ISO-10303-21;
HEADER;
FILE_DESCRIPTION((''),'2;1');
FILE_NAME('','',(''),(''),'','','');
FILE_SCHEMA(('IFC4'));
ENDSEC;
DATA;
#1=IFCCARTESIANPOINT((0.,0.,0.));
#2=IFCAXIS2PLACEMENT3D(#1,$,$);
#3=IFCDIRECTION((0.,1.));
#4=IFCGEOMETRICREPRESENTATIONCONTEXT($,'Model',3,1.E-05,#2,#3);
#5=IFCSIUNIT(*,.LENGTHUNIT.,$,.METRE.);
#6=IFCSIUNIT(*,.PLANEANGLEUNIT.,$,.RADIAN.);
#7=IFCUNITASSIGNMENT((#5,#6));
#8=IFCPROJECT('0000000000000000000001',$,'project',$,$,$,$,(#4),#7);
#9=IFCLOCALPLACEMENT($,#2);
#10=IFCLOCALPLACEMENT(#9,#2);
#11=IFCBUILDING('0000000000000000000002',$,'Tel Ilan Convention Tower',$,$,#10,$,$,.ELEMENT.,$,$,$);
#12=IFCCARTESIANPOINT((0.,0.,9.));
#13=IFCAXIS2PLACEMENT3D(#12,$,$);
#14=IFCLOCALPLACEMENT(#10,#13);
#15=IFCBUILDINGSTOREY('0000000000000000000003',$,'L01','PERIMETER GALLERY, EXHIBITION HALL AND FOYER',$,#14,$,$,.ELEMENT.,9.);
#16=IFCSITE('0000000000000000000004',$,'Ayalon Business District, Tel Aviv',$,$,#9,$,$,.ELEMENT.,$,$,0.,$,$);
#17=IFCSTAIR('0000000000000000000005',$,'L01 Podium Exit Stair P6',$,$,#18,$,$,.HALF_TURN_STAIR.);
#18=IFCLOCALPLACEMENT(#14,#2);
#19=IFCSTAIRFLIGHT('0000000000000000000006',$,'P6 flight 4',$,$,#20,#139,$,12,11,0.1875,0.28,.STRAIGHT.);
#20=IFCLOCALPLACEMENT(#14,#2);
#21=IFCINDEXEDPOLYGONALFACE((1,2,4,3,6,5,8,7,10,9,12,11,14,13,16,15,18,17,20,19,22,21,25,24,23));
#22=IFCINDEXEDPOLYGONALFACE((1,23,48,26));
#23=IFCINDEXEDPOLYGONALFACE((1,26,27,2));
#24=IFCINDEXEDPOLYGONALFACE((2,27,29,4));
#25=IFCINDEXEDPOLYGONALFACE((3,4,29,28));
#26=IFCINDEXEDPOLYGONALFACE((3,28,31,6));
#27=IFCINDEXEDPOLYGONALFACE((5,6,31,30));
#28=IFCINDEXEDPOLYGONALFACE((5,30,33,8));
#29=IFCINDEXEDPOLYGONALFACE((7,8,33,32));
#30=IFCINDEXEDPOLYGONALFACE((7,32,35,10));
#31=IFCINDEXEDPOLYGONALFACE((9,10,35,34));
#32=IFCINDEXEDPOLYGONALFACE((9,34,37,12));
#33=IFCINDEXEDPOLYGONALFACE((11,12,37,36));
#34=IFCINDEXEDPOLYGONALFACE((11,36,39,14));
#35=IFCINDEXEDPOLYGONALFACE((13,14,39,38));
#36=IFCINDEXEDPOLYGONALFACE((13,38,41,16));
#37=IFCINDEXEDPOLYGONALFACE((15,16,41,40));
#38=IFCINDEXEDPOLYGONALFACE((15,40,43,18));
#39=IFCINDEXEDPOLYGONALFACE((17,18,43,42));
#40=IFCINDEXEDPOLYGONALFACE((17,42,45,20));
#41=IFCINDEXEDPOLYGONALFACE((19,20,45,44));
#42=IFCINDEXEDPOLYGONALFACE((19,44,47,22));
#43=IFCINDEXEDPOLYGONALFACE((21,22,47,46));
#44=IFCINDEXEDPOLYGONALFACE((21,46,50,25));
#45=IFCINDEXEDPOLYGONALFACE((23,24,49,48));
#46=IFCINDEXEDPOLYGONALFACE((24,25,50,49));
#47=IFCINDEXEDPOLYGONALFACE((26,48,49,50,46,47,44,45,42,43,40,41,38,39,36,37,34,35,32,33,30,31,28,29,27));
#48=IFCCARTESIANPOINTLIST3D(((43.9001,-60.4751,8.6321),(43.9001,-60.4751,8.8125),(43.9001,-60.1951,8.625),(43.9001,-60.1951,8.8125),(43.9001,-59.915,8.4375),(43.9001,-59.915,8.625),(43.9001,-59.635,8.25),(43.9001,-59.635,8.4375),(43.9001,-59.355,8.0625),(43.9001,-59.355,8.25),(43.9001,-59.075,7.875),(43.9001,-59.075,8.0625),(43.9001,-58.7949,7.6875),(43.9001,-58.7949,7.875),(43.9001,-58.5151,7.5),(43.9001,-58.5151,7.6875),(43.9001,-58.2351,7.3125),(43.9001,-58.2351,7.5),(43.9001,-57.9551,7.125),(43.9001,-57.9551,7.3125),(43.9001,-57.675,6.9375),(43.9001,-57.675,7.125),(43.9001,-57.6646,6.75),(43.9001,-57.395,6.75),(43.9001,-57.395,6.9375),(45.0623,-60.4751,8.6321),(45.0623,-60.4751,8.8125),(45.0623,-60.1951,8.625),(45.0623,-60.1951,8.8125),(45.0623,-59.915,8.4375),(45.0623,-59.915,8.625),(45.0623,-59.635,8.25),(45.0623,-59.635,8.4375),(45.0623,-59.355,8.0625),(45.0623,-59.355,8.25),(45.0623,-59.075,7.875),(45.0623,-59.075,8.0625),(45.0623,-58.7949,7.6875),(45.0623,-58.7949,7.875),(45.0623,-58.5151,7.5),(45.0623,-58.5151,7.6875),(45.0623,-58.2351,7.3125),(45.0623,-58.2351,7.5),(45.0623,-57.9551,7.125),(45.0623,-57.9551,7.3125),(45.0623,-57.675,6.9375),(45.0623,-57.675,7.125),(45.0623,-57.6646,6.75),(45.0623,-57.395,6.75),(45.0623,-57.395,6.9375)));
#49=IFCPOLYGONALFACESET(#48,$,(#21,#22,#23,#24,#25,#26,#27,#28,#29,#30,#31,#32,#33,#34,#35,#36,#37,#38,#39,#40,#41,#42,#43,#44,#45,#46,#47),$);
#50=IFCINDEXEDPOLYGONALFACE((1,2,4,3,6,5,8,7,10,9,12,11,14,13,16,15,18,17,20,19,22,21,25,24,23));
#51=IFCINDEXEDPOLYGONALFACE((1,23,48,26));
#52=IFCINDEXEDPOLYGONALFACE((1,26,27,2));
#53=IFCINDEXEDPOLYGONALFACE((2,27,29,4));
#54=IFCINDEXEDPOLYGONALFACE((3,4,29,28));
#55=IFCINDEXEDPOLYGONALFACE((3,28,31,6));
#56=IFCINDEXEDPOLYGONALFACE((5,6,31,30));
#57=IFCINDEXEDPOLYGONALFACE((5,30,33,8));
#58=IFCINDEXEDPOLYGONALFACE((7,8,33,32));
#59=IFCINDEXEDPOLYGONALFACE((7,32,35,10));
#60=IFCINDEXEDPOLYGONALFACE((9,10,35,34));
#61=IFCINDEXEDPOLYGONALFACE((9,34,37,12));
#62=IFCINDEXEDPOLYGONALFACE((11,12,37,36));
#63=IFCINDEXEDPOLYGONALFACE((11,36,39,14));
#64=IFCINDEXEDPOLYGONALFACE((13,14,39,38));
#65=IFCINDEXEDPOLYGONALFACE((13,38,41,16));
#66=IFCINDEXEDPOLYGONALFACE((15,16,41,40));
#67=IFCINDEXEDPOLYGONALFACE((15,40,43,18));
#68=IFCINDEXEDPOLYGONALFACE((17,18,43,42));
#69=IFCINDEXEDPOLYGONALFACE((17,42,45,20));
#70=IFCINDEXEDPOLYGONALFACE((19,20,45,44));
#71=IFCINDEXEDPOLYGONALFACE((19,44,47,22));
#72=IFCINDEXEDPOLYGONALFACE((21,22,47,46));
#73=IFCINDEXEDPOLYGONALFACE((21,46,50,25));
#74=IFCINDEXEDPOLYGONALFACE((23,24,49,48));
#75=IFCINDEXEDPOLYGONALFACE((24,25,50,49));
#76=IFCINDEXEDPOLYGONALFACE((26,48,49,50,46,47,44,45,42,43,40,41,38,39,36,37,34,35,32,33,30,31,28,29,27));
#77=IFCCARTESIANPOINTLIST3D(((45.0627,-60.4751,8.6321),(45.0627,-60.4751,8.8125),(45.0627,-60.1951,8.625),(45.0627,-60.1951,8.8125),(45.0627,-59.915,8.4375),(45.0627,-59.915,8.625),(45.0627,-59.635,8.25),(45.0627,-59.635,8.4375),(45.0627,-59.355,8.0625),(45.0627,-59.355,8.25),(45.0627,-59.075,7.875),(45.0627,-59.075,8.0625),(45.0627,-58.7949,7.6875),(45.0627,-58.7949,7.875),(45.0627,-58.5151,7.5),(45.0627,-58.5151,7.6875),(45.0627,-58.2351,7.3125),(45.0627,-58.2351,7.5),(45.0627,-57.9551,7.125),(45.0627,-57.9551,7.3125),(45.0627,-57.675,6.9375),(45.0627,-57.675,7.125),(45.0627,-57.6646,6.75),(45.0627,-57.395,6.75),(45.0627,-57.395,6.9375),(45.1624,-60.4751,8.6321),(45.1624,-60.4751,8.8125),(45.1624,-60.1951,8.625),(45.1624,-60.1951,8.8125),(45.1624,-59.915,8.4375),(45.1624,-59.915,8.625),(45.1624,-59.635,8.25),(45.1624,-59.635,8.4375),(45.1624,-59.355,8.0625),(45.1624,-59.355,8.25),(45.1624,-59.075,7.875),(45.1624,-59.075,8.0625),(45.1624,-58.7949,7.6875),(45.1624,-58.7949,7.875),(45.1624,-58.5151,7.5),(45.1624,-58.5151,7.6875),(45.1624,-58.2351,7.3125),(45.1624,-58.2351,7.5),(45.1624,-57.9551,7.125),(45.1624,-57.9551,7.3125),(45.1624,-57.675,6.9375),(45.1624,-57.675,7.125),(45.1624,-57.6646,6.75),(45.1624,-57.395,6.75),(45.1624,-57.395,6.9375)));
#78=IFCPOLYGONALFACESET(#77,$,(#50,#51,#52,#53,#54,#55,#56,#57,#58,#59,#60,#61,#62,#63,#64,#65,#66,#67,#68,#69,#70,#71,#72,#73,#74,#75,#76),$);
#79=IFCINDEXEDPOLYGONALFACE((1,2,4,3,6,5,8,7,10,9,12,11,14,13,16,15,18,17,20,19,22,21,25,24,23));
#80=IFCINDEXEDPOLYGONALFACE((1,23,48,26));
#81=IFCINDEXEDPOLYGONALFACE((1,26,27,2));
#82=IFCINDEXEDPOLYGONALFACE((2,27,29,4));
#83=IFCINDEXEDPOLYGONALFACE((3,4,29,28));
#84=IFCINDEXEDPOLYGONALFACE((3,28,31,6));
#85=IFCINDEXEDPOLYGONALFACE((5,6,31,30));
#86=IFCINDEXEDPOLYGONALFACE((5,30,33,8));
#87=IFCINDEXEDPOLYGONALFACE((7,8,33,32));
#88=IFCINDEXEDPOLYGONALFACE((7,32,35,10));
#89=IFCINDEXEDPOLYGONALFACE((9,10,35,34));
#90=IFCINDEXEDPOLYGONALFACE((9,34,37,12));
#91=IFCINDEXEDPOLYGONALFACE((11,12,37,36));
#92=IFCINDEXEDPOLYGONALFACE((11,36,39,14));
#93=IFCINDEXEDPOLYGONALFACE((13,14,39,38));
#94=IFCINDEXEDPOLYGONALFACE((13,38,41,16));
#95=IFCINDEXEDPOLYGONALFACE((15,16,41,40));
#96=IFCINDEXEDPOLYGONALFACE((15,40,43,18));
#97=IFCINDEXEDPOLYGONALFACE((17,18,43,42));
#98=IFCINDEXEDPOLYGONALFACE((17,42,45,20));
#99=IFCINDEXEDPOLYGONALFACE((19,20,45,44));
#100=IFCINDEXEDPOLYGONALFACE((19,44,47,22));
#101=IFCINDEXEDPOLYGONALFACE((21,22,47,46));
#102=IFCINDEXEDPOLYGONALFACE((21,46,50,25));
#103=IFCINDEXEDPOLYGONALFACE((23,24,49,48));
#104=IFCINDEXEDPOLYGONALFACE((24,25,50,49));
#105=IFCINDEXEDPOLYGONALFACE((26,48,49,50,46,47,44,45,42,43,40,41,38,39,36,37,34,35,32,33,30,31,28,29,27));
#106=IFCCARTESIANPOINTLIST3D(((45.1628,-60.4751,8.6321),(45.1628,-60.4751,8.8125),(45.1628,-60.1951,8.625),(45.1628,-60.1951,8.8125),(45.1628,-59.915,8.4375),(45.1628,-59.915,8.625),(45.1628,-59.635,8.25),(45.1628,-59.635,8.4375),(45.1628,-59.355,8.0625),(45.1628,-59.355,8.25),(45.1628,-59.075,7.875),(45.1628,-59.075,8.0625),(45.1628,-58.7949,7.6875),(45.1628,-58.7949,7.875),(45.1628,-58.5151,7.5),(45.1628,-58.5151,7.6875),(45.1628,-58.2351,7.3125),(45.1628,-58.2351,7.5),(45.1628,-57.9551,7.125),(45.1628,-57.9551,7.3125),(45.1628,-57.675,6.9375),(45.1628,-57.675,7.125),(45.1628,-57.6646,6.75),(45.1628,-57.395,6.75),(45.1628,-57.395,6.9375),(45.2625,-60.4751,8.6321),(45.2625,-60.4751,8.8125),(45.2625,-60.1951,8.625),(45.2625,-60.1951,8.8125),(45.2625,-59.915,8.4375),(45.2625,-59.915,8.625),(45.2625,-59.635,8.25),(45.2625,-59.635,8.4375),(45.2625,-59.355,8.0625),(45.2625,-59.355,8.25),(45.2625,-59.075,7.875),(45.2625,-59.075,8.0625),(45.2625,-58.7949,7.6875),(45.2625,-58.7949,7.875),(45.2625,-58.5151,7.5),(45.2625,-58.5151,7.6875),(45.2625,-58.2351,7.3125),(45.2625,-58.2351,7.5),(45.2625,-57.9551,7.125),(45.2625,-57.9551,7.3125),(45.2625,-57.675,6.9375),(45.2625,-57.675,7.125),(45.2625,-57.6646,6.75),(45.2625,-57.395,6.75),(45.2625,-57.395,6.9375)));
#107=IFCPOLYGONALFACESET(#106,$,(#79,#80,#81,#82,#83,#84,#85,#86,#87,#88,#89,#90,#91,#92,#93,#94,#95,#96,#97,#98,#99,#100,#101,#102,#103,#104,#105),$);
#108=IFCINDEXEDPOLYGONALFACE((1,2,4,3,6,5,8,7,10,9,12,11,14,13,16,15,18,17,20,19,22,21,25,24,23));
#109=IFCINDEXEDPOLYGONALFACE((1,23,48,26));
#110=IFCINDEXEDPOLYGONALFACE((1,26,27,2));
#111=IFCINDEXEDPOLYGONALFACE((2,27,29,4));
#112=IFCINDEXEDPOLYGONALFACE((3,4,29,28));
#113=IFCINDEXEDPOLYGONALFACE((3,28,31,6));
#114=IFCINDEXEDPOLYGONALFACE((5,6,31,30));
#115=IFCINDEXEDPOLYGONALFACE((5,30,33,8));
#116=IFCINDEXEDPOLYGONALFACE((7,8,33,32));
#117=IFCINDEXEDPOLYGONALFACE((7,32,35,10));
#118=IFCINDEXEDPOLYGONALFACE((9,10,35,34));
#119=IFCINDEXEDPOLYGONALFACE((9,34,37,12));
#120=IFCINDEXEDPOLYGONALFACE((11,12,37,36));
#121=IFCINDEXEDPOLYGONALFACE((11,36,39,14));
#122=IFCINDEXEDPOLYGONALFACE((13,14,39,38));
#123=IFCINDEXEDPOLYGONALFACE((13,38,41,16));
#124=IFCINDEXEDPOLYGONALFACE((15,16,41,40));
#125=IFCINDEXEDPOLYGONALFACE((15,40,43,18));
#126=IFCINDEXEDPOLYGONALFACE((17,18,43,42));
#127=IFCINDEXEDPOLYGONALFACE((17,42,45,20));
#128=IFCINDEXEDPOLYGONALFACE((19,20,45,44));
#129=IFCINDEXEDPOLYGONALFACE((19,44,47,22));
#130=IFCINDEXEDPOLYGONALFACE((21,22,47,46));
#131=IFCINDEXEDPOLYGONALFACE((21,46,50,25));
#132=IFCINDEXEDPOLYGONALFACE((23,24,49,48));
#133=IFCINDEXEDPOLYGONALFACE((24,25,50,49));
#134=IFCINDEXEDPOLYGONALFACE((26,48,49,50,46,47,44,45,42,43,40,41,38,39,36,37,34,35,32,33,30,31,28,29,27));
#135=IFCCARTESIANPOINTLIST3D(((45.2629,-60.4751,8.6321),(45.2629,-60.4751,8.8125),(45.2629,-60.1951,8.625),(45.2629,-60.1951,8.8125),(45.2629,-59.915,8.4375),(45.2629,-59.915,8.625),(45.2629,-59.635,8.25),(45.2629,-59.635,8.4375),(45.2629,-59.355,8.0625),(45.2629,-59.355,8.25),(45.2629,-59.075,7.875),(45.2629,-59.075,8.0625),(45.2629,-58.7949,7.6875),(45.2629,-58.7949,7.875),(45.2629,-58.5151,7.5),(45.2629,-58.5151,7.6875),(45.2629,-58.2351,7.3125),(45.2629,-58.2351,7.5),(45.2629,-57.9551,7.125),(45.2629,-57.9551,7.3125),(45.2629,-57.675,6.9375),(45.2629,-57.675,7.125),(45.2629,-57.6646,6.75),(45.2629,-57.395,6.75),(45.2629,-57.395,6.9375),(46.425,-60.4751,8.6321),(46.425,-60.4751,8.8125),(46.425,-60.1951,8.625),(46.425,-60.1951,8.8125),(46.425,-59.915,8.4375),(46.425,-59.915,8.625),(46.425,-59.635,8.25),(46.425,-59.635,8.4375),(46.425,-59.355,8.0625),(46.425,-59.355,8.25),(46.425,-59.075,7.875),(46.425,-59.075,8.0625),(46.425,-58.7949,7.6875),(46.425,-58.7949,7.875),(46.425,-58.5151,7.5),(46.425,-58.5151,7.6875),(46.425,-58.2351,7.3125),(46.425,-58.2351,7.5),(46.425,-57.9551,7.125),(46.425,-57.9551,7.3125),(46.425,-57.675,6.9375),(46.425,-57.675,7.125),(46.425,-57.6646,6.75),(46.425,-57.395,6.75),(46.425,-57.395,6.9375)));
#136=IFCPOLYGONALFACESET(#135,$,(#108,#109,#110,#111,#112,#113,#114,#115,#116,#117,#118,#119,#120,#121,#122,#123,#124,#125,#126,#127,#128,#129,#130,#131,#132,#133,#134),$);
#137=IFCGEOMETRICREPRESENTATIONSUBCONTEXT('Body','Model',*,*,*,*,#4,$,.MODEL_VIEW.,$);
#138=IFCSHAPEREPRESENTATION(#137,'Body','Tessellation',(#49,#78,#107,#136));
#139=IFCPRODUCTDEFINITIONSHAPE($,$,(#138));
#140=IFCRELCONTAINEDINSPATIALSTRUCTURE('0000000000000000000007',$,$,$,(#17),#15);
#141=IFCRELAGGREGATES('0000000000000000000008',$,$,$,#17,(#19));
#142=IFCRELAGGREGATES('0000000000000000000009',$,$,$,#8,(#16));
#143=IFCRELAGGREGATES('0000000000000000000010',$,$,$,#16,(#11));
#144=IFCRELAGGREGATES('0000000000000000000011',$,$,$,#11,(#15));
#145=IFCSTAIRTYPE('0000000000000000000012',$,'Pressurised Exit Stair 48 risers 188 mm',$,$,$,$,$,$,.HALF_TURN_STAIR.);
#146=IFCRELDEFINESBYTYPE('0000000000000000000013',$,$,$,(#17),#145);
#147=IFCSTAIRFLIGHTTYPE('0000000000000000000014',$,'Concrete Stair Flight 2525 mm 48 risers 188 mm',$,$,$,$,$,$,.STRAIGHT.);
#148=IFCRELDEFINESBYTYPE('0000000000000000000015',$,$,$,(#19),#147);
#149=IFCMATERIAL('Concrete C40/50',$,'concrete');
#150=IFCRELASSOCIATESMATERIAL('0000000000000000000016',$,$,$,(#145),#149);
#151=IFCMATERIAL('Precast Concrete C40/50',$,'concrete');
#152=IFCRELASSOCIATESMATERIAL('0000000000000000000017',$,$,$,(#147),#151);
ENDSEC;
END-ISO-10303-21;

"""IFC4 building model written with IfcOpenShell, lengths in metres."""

from ifc_helpers import new_model, si_unit, direction, frame, origin, place, context, subcontext, project, spatial, polyline, outline, extrude, material, type_object, element, aggregate, save


model = new_model("IFC4")

# Units and contexts
model_context = context("Model", 3, precision=1e-05, world=origin(), true_north=direction((0.0, 1.0)))
body_context = subcontext(model_context, "Body", "Model", "MODEL_VIEW")
ifc_project = project(units=[si_unit("LENGTHUNIT", "METRE"), si_unit("PLANEANGLEUNIT", "RADIAN")], contexts=[model_context])

# Site, building, storey
site_placement = place(None, origin())
site = spatial("IfcSite", under=ifc_project, at=site_placement, Name="Ayalon Business District, Tel Aviv", CompositionType="ELEMENT", RefElevation=0.0)
building_placement = place(site_placement, origin())
building = spatial("IfcBuilding", under=site, at=building_placement, Name="Tel Ilan Convention Tower", CompositionType="ELEMENT")
storey_placement = place(building_placement, frame((0.0, 0.0, 9.0)))
storey = spatial("IfcBuildingStorey", under=building, at=storey_placement, Name="L01", Description="PERIMETER GALLERY, EXHIBITION HALL AND FOYER", CompositionType="ELEMENT", Elevation=9.0)

# Stair, stair flight
ifc_material_1 = material(Name="Concrete C40/50", Category="concrete")
stair_type = type_object("IfcStairType", Name="Pressurised Exit Stair 48 risers 188 mm", PredefinedType="HALF_TURN_STAIR", material=ifc_material_1)
stair_1_placement = place(storey_placement, origin())
stair_1 = element("IfcStair", 1, at=stair_1_placement, inside=storey, type_object=stair_type, Name="L01 Podium Exit Stair P6", PredefinedType="HALF_TURN_STAIR")
ifc_material_2 = material(Name="Precast Concrete C40/50", Category="concrete")
stair_flight_type = type_object("IfcStairFlightType", Name="Concrete Stair Flight 2525 mm 48 risers 188 mm", PredefinedType="STRAIGHT", material=ifc_material_2)
stair_flight_1_placement = place(storey_placement, frame((45.1626, -57.395, 6.75), z_axis=(0.0, 0.0, 1.0), x_axis=(0.0, -1.0, 0.0)))
stair_flight_1 = element("IfcStairFlight", 2, at=stair_flight_1_placement, type_object=stair_flight_type, Name="P6 flight 4", NumberOfRisers=12, NumberOfTreads=11, PredefinedType="STRAIGHT", RiserHeight=0.1875, TreadLength=0.28, context=body_context, shape_type="SweptSolid", body=[
    extrude(outline(polyline([(0.0, 0.0), (0.0, 0.1875), (0.28, 0.1875), (0.28, 0.375), (0.5601, 0.375), (0.5601, 0.5625), (0.8401, 0.5625), (0.8401, 0.75), (1.1201, 0.75), (1.1201, 0.9375), (1.3999, 0.9375), (1.3999, 1.125), (1.6799, 1.125), (1.6799, 1.3125), (1.96, 1.3125), (1.96, 1.5), (2.24, 1.5), (2.24, 1.6875), (2.52, 1.6875), (2.52, 1.875), (2.8, 1.875), (2.8, 2.0625), (3.0801, 2.0625), (3.0801, 2.25), (3.0801, 1.8821), (0.2695, 0.0), (0.0, 0.0)])), frame((0.0, -0.1003, 0.0), z_axis=(0.0, -1.0, 0.0), x_axis=(1.0, 0.0, 0.0)), (0.0, 0.0, 1.0), 1.1621),
    extrude(outline(polyline([(0.0, 0.0), (0.0, 0.1875), (0.28, 0.1875), (0.28, 0.375), (0.5601, 0.375), (0.5601, 0.5625), (0.8401, 0.5625), (0.8401, 0.75), (1.1201, 0.75), (1.1201, 0.9375), (1.3999, 0.9375), (1.3999, 1.125), (1.6799, 1.125), (1.6799, 1.3125), (1.96, 1.3125), (1.96, 1.5), (2.24, 1.5), (2.24, 1.6875), (2.52, 1.6875), (2.52, 1.875), (2.8, 1.875), (2.8, 2.0625), (3.0801, 2.0625), (3.0801, 2.25), (3.0801, 1.8821), (0.2695, 0.0), (0.0, 0.0)])), frame((0.0, -0.0002, 0.0), z_axis=(0.0, -1.0, 0.0), x_axis=(1.0, 0.0, 0.0)), (0.0, 0.0, 1.0), 0.0996),
    extrude(outline(polyline([(0.0, 0.0), (0.0, 0.1875), (0.28, 0.1875), (0.28, 0.375), (0.5601, 0.375), (0.5601, 0.5625), (0.8401, 0.5625), (0.8401, 0.75), (1.1201, 0.75), (1.1201, 0.9375), (1.3999, 0.9375), (1.3999, 1.125), (1.6799, 1.125), (1.6799, 1.3125), (1.96, 1.3125), (1.96, 1.5), (2.24, 1.5), (2.24, 1.6875), (2.52, 1.6875), (2.52, 1.875), (2.8, 1.875), (2.8, 2.0625), (3.0801, 2.0625), (3.0801, 2.25), (3.0801, 1.8821), (0.2695, 0.0), (0.0, 0.0)])), frame((0.0, 0.0999, 0.0), z_axis=(0.0, -1.0, 0.0), x_axis=(1.0, 0.0, 0.0)), (0.0, 0.0, 1.0), 0.0996),
    extrude(outline(polyline([(0.0, 0.0), (0.0, 0.1875), (0.28, 0.1875), (0.28, 0.375), (0.5601, 0.375), (0.5601, 0.5625), (0.8401, 0.5625), (0.8401, 0.75), (1.1201, 0.75), (1.1201, 0.9375), (1.3999, 0.9375), (1.3999, 1.125), (1.6799, 1.125), (1.6799, 1.3125), (1.96, 1.3125), (1.96, 1.5), (2.24, 1.5), (2.24, 1.6875), (2.52, 1.6875), (2.52, 1.875), (2.8, 1.875), (2.8, 2.0625), (3.0801, 2.0625), (3.0801, 2.25), (3.0801, 1.8821), (0.2695, 0.0), (0.0, 0.0)])), frame((0.0, 1.2625, 0.0), z_axis=(0.0, -1.0, 0.0), x_axis=(1.0, 0.0, 0.0)), (0.0, 0.0, 1.0), 1.1621),
])
aggregate(stair_1, [stair_flight_1])

save(model, "model.ifc")
